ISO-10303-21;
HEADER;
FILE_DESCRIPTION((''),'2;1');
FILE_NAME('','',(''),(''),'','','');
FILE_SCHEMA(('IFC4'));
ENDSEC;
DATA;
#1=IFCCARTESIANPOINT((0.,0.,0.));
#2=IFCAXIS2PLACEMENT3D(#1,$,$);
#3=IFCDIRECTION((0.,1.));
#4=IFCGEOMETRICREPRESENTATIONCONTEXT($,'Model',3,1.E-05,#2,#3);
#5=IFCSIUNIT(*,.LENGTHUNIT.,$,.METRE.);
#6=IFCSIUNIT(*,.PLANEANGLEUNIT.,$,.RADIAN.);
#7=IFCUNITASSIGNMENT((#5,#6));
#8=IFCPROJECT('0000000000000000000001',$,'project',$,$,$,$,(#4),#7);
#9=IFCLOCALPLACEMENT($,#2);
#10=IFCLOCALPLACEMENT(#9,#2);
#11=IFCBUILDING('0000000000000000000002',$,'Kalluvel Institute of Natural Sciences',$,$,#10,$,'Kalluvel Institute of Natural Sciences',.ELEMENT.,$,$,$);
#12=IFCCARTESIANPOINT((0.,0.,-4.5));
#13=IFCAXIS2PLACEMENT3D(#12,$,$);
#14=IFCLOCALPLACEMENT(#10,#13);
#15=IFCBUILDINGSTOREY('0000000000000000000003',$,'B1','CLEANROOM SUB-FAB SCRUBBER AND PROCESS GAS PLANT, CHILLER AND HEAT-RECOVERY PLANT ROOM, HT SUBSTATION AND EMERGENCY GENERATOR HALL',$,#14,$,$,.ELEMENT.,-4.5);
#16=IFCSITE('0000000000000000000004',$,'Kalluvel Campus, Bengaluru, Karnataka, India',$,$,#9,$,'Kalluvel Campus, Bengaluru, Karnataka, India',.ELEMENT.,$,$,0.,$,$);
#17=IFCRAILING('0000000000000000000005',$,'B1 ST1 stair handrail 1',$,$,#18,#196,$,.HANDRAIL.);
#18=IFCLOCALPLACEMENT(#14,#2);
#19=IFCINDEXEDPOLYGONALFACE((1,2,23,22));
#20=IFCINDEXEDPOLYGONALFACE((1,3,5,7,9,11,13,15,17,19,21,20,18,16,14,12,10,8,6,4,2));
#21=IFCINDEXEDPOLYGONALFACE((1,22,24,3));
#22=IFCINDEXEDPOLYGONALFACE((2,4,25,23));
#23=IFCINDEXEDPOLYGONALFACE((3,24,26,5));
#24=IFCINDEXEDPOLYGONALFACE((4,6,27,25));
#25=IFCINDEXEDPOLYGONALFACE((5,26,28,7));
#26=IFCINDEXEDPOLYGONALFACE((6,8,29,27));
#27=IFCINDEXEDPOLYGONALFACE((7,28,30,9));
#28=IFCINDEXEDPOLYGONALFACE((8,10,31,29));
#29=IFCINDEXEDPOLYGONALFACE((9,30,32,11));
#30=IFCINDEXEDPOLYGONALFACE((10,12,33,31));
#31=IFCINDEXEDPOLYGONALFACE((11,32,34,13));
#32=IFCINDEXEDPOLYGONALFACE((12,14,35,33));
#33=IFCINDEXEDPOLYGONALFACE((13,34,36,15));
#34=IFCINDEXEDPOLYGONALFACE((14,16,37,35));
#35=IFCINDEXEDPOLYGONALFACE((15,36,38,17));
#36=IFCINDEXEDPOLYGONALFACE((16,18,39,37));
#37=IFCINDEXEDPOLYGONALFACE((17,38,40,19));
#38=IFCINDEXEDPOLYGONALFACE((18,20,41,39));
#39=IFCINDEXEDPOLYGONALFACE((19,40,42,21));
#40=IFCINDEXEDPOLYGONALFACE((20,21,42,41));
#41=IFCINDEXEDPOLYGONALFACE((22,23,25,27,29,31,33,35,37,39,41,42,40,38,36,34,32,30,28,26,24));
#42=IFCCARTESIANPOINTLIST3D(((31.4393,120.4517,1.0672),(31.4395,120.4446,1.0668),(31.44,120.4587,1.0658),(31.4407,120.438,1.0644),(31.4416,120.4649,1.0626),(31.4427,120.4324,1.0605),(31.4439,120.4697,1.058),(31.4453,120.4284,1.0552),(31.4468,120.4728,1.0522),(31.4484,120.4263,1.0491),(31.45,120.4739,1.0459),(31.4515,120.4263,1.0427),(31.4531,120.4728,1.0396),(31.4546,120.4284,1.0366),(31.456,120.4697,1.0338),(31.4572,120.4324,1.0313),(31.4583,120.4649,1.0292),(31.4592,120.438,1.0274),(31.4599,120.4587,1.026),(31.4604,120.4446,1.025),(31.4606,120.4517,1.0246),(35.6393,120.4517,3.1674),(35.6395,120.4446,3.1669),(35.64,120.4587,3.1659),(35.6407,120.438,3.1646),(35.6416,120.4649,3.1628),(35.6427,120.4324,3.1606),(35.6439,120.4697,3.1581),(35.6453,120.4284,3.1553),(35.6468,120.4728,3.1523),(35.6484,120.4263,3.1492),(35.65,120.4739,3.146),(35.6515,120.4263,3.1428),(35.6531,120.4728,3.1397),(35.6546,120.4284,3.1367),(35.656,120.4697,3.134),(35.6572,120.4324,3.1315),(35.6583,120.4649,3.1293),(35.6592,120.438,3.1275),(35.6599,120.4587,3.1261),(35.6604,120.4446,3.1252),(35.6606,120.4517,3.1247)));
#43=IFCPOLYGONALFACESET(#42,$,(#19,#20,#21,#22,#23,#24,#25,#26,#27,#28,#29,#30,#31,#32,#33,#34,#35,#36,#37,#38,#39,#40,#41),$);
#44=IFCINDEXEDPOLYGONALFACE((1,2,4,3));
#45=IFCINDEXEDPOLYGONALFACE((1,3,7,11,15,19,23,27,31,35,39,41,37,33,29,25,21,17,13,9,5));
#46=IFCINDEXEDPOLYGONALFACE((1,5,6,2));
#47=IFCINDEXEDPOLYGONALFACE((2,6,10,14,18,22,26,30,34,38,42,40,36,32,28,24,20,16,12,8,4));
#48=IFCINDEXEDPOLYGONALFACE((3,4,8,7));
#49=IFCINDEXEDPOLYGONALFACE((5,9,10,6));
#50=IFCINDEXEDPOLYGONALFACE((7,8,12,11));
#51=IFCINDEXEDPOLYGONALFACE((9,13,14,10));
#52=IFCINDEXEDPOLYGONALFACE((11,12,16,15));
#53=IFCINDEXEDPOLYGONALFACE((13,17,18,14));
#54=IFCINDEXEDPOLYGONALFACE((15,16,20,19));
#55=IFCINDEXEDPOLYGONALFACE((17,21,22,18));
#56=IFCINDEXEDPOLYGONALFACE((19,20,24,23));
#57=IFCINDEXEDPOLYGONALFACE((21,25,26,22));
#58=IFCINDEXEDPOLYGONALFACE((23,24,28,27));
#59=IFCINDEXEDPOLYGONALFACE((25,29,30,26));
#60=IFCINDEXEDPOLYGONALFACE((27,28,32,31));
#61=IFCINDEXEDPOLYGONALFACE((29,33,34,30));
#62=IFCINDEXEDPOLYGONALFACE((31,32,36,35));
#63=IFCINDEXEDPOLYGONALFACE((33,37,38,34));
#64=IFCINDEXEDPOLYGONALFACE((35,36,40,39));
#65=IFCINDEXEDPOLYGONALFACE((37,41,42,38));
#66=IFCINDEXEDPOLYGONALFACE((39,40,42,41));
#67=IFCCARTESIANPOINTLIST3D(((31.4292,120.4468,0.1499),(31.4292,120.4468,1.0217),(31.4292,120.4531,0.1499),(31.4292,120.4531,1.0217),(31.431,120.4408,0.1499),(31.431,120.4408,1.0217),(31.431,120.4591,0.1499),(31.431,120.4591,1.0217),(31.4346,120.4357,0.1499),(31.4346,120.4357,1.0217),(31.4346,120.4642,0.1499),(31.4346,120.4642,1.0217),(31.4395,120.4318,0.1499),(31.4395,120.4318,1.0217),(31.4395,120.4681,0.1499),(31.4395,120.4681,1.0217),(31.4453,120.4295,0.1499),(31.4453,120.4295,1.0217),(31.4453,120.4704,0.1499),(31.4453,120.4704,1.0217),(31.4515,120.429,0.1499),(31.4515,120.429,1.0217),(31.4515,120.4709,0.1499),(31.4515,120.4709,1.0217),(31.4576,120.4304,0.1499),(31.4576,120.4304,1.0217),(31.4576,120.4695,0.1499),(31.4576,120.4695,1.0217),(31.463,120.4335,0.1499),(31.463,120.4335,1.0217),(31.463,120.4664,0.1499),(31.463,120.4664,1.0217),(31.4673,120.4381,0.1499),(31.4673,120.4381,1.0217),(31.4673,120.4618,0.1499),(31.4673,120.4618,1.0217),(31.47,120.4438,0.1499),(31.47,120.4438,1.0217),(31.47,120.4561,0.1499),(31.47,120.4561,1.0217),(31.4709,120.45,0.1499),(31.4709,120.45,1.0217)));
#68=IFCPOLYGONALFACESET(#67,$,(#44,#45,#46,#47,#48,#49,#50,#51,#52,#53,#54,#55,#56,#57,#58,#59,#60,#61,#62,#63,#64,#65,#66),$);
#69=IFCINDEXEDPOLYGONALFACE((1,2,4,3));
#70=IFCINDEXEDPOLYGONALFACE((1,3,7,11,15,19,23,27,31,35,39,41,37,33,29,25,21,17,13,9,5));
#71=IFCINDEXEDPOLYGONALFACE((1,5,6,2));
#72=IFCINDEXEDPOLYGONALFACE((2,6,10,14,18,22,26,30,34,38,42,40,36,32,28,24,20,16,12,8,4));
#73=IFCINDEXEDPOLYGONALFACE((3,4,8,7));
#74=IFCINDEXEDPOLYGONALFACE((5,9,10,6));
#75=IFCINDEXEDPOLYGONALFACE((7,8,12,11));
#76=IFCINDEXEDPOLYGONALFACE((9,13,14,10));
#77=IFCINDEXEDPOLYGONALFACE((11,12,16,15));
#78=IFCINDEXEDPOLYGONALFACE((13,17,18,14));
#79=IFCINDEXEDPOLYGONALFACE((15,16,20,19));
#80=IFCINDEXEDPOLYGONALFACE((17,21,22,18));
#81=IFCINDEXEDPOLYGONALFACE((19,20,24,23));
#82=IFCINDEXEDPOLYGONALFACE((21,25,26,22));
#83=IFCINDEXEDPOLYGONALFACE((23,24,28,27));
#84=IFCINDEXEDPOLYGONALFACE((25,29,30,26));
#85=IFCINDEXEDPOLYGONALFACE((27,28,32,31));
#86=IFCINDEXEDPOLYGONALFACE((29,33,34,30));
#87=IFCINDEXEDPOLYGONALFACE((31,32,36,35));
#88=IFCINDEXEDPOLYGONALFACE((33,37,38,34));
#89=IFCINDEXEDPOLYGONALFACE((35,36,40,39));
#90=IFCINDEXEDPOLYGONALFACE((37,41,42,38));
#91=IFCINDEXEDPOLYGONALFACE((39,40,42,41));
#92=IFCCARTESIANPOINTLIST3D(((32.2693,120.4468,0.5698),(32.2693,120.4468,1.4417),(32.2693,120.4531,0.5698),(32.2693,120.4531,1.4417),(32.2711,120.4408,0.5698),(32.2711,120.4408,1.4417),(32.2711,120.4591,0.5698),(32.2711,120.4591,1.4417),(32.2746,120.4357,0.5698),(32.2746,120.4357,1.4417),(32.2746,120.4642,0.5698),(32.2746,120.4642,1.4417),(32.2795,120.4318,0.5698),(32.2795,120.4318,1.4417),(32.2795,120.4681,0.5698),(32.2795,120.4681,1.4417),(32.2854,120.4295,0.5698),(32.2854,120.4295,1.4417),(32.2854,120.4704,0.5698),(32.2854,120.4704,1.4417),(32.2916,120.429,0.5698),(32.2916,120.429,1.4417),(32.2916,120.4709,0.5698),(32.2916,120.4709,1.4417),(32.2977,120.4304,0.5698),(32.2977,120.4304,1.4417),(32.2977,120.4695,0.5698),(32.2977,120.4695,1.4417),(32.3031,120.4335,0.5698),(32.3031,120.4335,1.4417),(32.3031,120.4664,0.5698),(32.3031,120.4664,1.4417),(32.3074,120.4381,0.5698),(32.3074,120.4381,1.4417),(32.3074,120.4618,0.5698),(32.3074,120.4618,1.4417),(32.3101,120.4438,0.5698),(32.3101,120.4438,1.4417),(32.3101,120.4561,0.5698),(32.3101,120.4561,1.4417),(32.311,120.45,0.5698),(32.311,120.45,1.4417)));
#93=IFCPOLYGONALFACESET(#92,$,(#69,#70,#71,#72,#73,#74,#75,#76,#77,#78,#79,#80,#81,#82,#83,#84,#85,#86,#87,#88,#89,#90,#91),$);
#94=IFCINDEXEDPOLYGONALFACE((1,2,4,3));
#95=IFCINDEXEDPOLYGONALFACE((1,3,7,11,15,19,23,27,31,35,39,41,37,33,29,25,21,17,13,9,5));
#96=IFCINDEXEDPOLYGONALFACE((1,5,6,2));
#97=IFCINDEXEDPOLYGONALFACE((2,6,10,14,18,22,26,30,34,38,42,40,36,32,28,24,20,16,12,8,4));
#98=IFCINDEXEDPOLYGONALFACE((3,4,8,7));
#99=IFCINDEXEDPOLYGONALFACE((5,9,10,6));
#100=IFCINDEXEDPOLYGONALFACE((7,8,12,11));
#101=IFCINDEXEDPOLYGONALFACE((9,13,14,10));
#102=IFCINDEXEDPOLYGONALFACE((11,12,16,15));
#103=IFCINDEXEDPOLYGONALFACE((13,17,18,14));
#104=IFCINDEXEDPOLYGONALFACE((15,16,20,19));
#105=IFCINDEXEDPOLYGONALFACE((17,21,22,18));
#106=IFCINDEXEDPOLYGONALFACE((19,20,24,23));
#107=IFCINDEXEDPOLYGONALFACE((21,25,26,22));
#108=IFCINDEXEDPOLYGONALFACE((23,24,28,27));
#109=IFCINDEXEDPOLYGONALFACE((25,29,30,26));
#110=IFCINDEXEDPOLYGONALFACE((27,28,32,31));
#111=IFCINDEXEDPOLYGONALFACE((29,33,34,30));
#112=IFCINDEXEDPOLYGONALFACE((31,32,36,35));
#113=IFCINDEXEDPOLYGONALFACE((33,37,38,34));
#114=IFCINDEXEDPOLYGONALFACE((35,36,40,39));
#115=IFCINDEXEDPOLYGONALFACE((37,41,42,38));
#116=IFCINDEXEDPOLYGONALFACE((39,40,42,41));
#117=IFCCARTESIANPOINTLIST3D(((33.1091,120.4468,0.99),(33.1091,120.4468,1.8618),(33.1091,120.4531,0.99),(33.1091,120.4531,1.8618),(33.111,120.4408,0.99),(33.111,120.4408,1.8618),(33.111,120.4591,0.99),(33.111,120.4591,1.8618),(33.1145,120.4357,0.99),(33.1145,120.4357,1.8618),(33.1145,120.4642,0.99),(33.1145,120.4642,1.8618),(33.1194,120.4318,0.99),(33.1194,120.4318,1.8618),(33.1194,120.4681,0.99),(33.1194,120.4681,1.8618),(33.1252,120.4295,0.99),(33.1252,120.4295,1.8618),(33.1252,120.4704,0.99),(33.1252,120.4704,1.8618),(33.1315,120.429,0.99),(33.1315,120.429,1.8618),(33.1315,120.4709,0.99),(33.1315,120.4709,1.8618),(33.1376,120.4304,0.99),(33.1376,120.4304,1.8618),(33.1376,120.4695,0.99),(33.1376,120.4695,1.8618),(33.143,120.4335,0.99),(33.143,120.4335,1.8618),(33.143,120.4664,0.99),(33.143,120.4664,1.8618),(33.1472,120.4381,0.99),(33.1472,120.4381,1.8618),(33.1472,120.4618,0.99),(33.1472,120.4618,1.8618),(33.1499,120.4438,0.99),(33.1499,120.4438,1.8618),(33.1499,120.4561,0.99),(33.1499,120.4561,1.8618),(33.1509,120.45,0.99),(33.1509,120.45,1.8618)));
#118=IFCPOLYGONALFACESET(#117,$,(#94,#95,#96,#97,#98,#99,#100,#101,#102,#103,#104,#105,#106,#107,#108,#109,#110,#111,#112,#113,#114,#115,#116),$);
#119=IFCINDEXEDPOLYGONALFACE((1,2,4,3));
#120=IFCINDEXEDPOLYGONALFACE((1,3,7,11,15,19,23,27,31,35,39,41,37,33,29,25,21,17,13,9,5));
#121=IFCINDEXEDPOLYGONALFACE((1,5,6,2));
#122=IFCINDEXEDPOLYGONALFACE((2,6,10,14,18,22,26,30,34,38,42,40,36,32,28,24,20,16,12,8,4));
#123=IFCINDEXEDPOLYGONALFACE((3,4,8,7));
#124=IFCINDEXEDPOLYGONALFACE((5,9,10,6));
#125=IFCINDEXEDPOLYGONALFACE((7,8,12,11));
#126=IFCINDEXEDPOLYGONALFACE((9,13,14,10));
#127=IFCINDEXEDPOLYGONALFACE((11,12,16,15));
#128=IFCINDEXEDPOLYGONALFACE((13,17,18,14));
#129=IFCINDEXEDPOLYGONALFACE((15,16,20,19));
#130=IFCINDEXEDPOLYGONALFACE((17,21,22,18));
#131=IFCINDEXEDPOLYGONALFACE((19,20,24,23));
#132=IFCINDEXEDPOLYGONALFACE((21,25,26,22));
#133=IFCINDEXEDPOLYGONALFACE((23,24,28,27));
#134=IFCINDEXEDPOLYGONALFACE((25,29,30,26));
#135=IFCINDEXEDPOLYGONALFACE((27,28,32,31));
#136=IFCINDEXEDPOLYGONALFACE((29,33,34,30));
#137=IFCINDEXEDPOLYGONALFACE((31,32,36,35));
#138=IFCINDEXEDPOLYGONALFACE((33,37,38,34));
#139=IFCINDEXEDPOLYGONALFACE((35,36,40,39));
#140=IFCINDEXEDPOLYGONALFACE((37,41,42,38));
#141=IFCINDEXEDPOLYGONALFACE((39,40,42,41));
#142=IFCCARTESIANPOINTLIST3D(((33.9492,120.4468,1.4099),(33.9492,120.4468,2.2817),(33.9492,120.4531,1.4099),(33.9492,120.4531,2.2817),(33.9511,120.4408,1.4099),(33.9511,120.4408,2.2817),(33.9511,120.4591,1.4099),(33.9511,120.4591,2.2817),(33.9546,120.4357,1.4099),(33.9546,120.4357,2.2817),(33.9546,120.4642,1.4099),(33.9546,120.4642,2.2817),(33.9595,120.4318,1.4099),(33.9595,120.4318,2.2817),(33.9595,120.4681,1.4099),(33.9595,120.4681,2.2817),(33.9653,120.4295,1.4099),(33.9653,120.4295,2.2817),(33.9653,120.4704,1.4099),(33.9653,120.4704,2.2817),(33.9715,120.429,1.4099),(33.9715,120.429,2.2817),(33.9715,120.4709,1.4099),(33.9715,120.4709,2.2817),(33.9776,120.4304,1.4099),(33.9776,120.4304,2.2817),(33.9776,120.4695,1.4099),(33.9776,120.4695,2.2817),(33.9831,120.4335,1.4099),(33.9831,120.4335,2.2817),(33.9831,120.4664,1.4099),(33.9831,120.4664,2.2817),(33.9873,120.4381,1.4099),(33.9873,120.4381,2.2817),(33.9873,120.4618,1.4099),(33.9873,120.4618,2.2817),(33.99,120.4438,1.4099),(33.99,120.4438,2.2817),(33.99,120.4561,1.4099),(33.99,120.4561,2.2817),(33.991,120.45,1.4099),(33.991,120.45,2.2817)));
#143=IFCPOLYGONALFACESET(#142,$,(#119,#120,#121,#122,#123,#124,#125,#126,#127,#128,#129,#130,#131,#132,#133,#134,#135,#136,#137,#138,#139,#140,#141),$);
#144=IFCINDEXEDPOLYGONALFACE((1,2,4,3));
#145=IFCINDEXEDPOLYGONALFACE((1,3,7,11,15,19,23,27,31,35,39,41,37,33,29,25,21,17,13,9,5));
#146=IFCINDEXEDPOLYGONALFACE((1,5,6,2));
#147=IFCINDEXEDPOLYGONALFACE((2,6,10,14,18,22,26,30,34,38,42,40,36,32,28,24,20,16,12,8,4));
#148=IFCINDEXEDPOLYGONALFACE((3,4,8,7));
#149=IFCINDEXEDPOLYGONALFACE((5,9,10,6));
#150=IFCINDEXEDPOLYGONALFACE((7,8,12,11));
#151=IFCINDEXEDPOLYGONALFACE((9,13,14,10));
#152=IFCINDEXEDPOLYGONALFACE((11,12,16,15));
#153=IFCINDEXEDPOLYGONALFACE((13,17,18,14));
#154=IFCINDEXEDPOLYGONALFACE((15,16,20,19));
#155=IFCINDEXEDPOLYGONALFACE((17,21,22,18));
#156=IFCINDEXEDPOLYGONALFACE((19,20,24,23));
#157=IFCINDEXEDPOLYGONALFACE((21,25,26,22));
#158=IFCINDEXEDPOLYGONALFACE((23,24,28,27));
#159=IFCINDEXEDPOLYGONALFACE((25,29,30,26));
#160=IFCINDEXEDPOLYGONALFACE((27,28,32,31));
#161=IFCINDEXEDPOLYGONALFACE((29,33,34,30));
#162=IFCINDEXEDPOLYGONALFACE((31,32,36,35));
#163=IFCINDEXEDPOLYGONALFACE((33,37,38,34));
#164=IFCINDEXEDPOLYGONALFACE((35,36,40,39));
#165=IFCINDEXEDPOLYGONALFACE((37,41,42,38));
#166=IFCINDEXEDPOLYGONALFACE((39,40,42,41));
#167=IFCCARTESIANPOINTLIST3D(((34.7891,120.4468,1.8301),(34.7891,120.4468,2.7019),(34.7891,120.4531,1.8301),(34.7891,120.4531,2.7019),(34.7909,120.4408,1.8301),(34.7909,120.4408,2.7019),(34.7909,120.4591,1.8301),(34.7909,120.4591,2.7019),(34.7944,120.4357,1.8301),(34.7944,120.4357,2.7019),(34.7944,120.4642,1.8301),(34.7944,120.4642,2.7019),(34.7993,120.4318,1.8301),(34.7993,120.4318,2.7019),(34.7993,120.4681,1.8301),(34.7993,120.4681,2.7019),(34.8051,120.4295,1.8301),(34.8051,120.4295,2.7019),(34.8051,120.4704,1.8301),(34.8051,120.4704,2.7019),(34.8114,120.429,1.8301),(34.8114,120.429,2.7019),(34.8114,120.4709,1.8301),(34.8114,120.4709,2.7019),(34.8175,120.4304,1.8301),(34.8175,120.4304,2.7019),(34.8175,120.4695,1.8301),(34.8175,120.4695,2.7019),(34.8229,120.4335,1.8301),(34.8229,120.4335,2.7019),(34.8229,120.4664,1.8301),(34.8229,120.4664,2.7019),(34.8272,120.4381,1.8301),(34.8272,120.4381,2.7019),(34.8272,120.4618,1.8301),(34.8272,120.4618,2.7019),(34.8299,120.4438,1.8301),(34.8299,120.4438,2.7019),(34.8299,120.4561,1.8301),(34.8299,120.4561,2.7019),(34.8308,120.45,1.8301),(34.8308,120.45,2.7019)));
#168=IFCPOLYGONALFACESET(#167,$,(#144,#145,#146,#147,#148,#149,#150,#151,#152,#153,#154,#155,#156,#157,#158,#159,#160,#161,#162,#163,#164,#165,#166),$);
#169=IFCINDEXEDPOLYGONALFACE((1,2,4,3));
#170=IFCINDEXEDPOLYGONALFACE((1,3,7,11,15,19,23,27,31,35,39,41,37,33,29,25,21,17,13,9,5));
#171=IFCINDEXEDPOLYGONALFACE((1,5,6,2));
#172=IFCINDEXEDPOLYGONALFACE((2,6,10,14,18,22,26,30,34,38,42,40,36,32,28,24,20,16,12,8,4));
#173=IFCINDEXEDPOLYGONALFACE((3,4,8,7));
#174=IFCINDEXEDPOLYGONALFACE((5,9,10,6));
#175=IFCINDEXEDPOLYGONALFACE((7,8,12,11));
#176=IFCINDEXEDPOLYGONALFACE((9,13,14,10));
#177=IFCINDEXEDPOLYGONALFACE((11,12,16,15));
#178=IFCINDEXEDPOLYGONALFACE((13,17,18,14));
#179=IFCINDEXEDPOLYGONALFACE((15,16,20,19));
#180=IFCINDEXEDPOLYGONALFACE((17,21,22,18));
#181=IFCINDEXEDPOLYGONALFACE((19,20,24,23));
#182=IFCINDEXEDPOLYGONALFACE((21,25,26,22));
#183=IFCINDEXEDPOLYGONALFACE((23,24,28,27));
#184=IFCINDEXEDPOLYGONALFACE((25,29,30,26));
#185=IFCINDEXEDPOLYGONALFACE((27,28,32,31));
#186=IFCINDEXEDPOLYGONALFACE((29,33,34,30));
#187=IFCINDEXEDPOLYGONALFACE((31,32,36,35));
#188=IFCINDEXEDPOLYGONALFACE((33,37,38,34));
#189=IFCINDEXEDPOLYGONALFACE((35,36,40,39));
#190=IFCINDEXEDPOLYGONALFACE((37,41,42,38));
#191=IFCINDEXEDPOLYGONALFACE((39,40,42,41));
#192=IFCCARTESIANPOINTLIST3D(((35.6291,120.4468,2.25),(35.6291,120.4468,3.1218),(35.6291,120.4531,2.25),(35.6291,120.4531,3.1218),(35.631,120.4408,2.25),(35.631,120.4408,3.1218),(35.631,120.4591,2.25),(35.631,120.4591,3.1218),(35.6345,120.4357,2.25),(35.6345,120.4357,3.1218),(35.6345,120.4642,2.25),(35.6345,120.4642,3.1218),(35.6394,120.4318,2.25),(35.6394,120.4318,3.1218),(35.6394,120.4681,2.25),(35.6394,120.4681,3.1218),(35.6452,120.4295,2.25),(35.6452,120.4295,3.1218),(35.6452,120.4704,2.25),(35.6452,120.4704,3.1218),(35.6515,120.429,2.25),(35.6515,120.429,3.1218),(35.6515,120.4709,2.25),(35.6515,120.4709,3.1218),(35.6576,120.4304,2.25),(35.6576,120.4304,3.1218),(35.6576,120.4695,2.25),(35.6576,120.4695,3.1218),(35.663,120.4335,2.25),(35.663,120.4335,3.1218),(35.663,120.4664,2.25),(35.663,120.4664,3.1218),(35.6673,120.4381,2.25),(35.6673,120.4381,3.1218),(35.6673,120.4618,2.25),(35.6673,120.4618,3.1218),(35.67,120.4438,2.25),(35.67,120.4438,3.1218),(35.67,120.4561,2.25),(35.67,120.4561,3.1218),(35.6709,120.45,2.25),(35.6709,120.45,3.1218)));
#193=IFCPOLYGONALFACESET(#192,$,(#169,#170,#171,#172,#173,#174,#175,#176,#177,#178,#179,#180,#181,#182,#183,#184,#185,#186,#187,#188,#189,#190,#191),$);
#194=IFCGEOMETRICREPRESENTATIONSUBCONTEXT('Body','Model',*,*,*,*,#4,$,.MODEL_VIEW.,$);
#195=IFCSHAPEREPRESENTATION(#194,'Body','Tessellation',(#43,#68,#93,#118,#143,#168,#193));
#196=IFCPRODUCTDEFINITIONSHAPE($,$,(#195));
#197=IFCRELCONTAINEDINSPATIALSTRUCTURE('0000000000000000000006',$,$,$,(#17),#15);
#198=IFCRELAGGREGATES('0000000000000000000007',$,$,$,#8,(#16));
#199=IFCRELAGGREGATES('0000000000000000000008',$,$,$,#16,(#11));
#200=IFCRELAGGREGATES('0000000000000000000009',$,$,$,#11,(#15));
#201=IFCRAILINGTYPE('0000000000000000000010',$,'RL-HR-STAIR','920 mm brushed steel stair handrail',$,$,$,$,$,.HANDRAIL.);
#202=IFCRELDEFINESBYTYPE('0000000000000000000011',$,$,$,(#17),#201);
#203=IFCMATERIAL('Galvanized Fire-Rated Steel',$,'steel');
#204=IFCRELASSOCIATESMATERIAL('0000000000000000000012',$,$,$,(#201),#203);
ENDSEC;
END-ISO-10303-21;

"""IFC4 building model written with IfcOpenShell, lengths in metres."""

from ifc_helpers import new_model, si_unit, direction, frame, origin, origin_2d, place, context, subcontext, project, spatial, circle, extrude, material, type_object, element, save


model = new_model("IFC4")

# Units and contexts
model_context = context("Model", 3, precision=1e-05, world=origin(), true_north=direction((0.0, 1.0)))
body_context = subcontext(model_context, "Body", "Model", "MODEL_VIEW")
ifc_project = project(units=[si_unit("LENGTHUNIT", "METRE"), si_unit("PLANEANGLEUNIT", "RADIAN")], contexts=[model_context])

# Site, building, storey
site_placement = place(None, origin())
site = spatial("IfcSite", under=ifc_project, at=site_placement, Name="Kalluvel Campus, Bengaluru, Karnataka, India", LongName="Kalluvel Campus, Bengaluru, Karnataka, India", CompositionType="ELEMENT", RefElevation=0.0)
building_placement = place(site_placement, origin())
building = spatial("IfcBuilding", under=site, at=building_placement, Name="Kalluvel Institute of Natural Sciences", LongName="Kalluvel Institute of Natural Sciences", CompositionType="ELEMENT")
storey_placement = place(building_placement, frame((0.0, 0.0, -4.5)))
storey = spatial("IfcBuildingStorey", under=building, at=storey_placement, Name="B1", Description="CLEANROOM SUB-FAB SCRUBBER AND PROCESS GAS PLANT, CHILLER AND HEAT-RECOVERY PLANT ROOM, HT SUBSTATION AND EMERGENCY GENERATOR HALL", CompositionType="ELEMENT", Elevation=-4.5)

# Shared definitions
ifc_material_1 = material(Name="Galvanized Fire-Rated Steel", Category="steel")

# Railing
railing_type_1 = type_object("IfcRailingType", Name="RL-HR-STAIR", Description="920 mm brushed steel stair handrail", PredefinedType="HANDRAIL", material=ifc_material_1)
railing_1_placement = place(storey_placement, frame((31.45, 120.45, 0.1499)))
element("IfcRailing", 1, at=railing_1_placement, inside=storey, type_object=railing_type_1, Name="B1 ST1 stair handrail 1", PredefinedType="HANDRAIL", context=body_context, shape_type="SweptSolid", body=[
    extrude(circle(Radius=0.0239, at=origin_2d()), frame((0.0, 0.0, 0.896), z_axis=(0.894417, 0.0, 0.447234), x_axis=(0.0, 1.0, 0.0)), (0.0, 0.0, 1.0), 4.6958),
    extrude(circle(Radius=0.021, at=origin_2d()), origin(), (0.0, 0.0, 1.0), 0.8718),
    extrude(circle(Radius=0.021, at=origin_2d()), frame((0.8401, 0.0, 0.4199)), (0.0, 0.0, 1.0), 0.8718),
    extrude(circle(Radius=0.021, at=origin_2d()), frame((1.6799, 0.0, 0.8401)), (0.0, 0.0, 1.0), 0.8718),
    extrude(circle(Radius=0.021, at=origin_2d()), frame((2.52, 0.0, 1.26)), (0.0, 0.0, 1.0), 0.8718),
    extrude(circle(Radius=0.021, at=origin_2d()), frame((3.3599, 0.0, 1.6802)), (0.0, 0.0, 1.0), 0.8718),
    extrude(circle(Radius=0.021, at=origin_2d()), frame((4.2, 0.0, 2.1001)), (0.0, 0.0, 1.0), 0.8718),
])

save(model, "model.ifc")
